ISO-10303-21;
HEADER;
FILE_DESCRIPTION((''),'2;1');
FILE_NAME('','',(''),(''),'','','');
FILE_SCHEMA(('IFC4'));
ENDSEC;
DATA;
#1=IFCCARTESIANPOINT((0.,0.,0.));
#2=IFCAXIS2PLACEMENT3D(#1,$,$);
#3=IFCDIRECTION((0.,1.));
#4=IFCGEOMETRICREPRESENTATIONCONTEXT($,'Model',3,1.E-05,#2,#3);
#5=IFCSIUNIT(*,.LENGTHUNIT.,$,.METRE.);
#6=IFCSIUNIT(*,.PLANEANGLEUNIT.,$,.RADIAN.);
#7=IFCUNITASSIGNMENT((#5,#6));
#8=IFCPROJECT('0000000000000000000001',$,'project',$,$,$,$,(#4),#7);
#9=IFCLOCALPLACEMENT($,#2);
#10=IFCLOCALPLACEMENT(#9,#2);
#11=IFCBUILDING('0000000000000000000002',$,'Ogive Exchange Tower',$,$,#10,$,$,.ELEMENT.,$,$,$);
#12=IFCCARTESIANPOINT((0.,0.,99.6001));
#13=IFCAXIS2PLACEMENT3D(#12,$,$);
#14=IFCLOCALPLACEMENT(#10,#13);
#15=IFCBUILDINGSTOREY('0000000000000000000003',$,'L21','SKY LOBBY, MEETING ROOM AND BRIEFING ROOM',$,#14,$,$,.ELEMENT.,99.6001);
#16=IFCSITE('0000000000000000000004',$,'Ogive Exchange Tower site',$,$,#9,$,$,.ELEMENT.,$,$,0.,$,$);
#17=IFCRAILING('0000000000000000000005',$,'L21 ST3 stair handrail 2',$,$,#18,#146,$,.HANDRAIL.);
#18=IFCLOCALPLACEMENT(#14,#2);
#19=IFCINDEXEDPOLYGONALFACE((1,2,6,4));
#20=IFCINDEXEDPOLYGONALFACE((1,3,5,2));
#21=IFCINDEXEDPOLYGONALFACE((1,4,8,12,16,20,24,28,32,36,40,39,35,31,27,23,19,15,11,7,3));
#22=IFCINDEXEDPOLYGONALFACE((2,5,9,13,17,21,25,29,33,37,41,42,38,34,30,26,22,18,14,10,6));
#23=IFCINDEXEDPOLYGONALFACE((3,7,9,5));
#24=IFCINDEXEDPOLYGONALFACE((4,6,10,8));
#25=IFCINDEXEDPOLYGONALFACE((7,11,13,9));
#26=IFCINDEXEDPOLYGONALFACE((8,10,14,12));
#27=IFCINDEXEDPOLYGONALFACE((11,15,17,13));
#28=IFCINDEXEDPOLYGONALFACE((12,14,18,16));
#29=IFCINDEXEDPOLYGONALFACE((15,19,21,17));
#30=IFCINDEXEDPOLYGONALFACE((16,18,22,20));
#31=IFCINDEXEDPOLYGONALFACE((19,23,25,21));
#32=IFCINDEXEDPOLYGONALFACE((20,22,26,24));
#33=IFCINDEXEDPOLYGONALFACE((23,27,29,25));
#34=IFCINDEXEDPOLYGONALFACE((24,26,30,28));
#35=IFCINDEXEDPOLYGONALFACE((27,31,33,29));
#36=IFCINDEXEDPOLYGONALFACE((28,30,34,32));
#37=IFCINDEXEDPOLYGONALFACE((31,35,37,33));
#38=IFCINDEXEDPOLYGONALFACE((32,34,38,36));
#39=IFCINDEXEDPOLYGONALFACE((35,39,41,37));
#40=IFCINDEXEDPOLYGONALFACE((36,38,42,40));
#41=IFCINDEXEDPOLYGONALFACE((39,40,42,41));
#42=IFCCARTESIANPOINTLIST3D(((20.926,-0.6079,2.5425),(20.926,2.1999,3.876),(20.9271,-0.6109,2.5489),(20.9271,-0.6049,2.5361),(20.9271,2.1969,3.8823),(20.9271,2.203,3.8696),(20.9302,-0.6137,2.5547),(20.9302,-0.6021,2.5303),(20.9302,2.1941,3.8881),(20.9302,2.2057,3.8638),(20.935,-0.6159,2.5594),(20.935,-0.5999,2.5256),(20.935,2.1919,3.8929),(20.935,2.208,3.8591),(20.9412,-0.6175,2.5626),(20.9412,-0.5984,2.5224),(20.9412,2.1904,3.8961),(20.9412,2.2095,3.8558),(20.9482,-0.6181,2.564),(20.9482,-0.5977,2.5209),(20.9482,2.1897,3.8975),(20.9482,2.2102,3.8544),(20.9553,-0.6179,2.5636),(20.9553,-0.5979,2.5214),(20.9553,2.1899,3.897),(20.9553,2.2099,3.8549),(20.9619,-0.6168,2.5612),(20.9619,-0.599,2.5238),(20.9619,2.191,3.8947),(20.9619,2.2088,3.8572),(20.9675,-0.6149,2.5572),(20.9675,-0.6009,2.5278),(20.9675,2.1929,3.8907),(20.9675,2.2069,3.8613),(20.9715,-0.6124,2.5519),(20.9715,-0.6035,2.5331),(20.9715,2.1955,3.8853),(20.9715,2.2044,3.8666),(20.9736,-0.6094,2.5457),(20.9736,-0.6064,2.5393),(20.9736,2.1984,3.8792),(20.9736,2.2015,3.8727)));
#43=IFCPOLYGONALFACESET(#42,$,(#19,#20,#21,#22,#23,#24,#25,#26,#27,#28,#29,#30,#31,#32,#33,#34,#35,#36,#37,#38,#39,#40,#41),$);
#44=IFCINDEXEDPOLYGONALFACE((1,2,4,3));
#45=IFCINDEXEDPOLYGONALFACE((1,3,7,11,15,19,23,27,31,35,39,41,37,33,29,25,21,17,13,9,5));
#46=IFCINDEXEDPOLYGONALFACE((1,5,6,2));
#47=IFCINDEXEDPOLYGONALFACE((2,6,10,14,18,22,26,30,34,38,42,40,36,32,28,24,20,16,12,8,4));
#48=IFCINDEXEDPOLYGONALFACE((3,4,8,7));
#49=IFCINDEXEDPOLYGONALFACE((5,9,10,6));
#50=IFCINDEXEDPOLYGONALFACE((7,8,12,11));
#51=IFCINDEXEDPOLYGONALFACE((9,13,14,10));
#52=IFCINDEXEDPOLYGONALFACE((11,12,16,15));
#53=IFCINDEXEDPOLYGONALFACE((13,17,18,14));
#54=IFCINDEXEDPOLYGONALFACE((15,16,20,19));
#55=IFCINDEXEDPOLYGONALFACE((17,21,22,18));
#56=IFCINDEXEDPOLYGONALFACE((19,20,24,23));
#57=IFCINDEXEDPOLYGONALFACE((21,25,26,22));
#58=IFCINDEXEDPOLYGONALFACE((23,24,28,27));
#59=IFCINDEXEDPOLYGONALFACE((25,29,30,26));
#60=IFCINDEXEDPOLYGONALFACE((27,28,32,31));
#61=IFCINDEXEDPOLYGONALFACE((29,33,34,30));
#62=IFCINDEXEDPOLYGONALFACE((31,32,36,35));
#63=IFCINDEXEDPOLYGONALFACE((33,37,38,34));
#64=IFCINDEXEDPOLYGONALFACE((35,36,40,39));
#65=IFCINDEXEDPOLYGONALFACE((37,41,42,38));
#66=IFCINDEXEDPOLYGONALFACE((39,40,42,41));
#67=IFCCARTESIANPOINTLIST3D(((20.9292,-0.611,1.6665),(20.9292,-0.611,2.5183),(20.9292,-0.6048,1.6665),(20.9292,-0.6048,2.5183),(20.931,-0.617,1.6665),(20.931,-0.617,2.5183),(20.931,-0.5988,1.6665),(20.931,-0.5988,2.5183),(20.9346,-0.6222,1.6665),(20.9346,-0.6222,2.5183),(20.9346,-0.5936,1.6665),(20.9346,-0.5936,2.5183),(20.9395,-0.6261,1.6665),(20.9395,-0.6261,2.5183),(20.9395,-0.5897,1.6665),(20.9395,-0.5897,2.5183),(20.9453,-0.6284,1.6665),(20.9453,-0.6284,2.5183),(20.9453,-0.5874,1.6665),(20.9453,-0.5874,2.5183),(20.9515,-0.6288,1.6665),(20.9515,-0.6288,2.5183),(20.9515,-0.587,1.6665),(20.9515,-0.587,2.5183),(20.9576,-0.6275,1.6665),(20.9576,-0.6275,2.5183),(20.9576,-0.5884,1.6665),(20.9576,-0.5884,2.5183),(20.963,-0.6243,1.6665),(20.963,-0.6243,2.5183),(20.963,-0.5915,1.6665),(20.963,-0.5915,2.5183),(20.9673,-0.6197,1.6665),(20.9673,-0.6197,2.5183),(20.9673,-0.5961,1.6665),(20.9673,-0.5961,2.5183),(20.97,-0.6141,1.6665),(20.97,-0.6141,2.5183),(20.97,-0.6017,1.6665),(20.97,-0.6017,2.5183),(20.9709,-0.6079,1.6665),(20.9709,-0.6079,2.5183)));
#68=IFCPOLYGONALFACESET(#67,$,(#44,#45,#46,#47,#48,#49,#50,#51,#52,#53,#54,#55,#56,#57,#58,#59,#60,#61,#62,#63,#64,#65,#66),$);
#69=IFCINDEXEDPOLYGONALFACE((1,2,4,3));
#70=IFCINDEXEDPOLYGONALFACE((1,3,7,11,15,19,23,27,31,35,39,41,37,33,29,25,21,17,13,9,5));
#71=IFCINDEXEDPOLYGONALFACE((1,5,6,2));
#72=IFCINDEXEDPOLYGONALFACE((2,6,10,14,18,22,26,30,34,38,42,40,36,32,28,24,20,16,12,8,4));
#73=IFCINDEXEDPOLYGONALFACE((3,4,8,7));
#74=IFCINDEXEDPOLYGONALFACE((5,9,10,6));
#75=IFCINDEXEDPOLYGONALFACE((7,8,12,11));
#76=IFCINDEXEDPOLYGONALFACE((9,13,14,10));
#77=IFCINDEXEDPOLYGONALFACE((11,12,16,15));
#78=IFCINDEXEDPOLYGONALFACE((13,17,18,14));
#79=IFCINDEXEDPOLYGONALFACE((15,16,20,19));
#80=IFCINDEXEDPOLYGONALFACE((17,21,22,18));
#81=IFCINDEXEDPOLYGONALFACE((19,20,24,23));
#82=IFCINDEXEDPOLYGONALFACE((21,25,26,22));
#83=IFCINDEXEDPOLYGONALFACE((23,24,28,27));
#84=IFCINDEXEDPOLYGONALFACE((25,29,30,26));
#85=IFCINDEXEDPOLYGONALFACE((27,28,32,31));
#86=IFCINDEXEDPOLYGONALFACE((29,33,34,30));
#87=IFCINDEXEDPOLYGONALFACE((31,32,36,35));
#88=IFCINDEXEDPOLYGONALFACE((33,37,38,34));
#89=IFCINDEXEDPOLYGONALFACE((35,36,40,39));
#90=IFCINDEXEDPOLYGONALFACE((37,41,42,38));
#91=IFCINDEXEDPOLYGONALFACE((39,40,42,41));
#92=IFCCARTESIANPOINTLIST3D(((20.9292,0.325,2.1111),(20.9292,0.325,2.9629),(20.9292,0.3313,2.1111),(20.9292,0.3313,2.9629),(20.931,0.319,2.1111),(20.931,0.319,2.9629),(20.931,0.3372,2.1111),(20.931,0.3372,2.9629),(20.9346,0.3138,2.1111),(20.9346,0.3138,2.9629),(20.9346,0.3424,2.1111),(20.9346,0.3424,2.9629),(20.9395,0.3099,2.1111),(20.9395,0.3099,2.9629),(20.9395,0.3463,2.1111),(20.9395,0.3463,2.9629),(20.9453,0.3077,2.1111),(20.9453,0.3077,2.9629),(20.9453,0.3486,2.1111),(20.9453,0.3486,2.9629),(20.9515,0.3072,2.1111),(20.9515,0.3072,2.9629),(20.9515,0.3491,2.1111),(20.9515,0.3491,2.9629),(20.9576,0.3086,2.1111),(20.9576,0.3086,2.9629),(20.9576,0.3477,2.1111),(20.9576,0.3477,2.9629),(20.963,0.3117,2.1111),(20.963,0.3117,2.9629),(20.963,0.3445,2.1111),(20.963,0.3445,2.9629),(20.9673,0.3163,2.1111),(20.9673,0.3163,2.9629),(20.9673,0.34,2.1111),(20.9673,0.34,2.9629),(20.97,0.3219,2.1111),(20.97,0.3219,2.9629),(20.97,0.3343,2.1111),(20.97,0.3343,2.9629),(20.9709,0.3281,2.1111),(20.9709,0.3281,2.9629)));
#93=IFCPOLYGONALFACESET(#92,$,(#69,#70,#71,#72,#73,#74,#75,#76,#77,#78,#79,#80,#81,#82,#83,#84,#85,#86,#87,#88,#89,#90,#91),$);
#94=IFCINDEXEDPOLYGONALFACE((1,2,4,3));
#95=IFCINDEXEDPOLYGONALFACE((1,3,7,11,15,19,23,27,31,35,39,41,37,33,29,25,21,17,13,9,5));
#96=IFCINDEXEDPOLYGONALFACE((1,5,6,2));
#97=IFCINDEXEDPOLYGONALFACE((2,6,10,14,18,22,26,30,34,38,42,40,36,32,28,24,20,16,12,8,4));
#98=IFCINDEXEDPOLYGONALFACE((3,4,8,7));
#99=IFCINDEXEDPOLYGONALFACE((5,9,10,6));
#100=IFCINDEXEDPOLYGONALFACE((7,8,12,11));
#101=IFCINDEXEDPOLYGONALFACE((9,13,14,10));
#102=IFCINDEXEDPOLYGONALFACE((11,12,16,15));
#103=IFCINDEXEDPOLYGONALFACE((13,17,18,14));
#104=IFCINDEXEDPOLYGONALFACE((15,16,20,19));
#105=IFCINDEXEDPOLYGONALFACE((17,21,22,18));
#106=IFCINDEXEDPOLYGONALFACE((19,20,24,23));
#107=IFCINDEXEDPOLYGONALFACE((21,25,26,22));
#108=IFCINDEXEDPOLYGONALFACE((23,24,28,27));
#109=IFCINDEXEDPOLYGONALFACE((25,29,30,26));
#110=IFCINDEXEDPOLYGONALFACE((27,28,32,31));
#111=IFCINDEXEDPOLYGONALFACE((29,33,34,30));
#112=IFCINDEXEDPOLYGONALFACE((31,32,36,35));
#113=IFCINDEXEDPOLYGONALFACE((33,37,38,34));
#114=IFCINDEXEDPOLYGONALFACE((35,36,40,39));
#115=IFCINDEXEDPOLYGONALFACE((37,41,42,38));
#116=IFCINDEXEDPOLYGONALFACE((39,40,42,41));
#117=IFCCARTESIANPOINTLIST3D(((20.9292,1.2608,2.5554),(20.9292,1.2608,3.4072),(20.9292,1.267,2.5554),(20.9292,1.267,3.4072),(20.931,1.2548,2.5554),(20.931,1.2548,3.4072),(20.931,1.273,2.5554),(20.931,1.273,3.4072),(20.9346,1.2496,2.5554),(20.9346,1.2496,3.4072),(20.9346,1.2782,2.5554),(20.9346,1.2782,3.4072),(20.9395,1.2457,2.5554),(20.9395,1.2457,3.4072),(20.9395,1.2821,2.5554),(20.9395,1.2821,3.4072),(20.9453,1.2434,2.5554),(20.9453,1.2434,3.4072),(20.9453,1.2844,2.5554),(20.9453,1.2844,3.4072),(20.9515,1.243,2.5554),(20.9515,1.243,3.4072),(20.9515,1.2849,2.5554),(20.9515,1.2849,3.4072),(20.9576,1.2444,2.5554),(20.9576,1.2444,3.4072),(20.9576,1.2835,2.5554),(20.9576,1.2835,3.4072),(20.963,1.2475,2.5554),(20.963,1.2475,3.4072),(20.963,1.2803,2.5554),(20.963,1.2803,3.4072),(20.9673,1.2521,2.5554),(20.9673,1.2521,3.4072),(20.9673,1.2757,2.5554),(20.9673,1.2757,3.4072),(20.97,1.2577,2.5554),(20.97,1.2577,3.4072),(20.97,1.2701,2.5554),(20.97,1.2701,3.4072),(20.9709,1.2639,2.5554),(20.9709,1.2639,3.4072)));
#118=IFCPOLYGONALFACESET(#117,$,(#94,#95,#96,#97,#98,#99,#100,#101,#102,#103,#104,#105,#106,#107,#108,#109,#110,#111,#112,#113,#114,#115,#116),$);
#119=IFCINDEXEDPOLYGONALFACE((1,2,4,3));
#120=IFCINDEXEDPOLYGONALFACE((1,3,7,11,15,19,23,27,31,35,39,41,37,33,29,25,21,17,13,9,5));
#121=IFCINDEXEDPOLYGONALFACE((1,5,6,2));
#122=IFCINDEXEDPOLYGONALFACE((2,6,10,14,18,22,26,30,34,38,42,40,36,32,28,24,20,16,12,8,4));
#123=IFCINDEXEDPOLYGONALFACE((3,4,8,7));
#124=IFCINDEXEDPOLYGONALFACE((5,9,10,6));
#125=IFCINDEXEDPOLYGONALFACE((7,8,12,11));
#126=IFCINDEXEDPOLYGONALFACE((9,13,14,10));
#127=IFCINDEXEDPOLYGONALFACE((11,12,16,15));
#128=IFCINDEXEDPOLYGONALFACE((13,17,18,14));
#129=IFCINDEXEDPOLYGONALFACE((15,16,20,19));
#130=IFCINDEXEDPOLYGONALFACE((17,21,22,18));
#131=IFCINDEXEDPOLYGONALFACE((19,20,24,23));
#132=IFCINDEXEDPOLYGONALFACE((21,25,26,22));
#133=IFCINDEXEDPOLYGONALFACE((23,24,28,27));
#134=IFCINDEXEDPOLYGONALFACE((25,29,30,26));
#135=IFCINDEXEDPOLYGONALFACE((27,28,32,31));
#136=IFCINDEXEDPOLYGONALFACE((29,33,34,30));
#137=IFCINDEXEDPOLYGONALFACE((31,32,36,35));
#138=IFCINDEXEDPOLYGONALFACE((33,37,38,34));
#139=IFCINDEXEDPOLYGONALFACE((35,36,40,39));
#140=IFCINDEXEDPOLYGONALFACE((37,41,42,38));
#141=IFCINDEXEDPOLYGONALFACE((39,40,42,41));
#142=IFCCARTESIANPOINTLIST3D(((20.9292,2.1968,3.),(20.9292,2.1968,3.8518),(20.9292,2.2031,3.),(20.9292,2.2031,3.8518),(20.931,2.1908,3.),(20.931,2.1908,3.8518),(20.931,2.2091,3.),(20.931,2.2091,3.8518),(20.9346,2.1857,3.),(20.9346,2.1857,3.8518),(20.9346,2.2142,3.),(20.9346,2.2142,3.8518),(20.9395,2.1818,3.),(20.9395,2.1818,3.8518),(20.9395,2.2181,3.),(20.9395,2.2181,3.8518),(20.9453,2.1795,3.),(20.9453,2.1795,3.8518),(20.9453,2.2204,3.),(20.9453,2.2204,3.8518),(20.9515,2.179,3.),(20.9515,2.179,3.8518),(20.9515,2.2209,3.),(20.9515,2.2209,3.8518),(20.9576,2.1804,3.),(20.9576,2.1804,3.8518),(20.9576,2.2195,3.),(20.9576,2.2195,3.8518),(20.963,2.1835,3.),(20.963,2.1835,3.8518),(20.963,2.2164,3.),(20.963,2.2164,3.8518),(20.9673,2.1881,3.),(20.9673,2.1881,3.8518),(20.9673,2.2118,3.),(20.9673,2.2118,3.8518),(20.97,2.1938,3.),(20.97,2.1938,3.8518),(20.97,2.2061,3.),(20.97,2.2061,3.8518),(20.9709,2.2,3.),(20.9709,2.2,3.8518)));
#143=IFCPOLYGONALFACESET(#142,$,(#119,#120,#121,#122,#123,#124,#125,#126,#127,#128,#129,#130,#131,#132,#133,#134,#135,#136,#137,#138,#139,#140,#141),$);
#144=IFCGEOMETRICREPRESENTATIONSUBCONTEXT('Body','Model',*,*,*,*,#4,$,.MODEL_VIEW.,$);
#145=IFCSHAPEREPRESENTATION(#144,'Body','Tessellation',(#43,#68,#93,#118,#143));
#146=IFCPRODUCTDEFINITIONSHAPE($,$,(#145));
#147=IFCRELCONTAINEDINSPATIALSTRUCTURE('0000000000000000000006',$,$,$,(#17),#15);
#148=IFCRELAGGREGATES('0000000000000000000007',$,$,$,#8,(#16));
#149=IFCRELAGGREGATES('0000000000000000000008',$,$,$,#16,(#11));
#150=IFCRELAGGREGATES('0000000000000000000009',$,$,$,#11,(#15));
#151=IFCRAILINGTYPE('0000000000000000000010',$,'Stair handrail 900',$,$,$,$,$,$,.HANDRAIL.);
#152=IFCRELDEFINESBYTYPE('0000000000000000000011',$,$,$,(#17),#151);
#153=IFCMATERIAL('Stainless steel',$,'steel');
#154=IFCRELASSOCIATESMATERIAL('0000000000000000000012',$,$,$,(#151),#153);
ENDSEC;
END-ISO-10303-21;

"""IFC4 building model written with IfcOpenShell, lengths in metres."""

from ifc_helpers import new_model, si_unit, direction, frame, origin, origin_2d, place, context, subcontext, project, spatial, circle, extrude, material, type_object, element, save


model = new_model("IFC4")

# Units and contexts
model_context = context("Model", 3, precision=1e-05, world=origin(), true_north=direction((0.0, 1.0)))
body_context = subcontext(model_context, "Body", "Model", "MODEL_VIEW")
ifc_project = project(units=[si_unit("LENGTHUNIT", "METRE"), si_unit("PLANEANGLEUNIT", "RADIAN")], contexts=[model_context])

# Site, building, storey
site_placement = place(None, origin())
site = spatial("IfcSite", under=ifc_project, at=site_placement, Name="Ogive Exchange Tower site", CompositionType="ELEMENT", RefElevation=0.0)
building_placement = place(site_placement, origin())
building = spatial("IfcBuilding", under=site, at=building_placement, Name="Ogive Exchange Tower", CompositionType="ELEMENT")
storey_placement = place(building_placement, frame((0.0, 0.0, 99.6001)))
storey = spatial("IfcBuildingStorey", under=building, at=storey_placement, Name="L21", Description="SKY LOBBY, MEETING ROOM AND BRIEFING ROOM", CompositionType="ELEMENT", Elevation=99.6001)

# Shared definitions
ifc_material_1 = material(Name="Stainless steel", Category="steel")

# Railing
railing_type = type_object("IfcRailingType", Name="Stair handrail 900", PredefinedType="HANDRAIL", material=ifc_material_1)
railing_1_placement = place(storey_placement, frame((20.95, -0.6079, 1.6665)))
element("IfcRailing", 1, at=railing_1_placement, inside=storey, type_object=railing_type, Name="L21 ST3 stair handrail 2", PredefinedType="HANDRAIL", context=body_context, shape_type="SweptSolid", body=[
    extrude(circle(Radius=0.0239, at=origin_2d()), frame((0.0, 0.0, 0.876), z_axis=(0.0, 0.903307, 0.428994), x_axis=(-1.0, 0.0, 0.0)), (0.0, 0.0, 1.0), 3.1084),
    extrude(circle(Radius=0.021, at=origin_2d()), origin(), (0.0, 0.0, 1.0), 0.8518),
    extrude(circle(Radius=0.021, at=origin_2d()), frame((0.0, 0.936, 0.4446)), (0.0, 0.0, 1.0), 0.8518),
    extrude(circle(Radius=0.021, at=origin_2d()), frame((0.0, 1.8718, 0.8889)), (0.0, 0.0, 1.0), 0.8518),
    extrude(circle(Radius=0.021, at=origin_2d()), frame((0.0, 2.8079, 1.3335)), (0.0, 0.0, 1.0), 0.8518),
])

save(model, "model.ifc")
